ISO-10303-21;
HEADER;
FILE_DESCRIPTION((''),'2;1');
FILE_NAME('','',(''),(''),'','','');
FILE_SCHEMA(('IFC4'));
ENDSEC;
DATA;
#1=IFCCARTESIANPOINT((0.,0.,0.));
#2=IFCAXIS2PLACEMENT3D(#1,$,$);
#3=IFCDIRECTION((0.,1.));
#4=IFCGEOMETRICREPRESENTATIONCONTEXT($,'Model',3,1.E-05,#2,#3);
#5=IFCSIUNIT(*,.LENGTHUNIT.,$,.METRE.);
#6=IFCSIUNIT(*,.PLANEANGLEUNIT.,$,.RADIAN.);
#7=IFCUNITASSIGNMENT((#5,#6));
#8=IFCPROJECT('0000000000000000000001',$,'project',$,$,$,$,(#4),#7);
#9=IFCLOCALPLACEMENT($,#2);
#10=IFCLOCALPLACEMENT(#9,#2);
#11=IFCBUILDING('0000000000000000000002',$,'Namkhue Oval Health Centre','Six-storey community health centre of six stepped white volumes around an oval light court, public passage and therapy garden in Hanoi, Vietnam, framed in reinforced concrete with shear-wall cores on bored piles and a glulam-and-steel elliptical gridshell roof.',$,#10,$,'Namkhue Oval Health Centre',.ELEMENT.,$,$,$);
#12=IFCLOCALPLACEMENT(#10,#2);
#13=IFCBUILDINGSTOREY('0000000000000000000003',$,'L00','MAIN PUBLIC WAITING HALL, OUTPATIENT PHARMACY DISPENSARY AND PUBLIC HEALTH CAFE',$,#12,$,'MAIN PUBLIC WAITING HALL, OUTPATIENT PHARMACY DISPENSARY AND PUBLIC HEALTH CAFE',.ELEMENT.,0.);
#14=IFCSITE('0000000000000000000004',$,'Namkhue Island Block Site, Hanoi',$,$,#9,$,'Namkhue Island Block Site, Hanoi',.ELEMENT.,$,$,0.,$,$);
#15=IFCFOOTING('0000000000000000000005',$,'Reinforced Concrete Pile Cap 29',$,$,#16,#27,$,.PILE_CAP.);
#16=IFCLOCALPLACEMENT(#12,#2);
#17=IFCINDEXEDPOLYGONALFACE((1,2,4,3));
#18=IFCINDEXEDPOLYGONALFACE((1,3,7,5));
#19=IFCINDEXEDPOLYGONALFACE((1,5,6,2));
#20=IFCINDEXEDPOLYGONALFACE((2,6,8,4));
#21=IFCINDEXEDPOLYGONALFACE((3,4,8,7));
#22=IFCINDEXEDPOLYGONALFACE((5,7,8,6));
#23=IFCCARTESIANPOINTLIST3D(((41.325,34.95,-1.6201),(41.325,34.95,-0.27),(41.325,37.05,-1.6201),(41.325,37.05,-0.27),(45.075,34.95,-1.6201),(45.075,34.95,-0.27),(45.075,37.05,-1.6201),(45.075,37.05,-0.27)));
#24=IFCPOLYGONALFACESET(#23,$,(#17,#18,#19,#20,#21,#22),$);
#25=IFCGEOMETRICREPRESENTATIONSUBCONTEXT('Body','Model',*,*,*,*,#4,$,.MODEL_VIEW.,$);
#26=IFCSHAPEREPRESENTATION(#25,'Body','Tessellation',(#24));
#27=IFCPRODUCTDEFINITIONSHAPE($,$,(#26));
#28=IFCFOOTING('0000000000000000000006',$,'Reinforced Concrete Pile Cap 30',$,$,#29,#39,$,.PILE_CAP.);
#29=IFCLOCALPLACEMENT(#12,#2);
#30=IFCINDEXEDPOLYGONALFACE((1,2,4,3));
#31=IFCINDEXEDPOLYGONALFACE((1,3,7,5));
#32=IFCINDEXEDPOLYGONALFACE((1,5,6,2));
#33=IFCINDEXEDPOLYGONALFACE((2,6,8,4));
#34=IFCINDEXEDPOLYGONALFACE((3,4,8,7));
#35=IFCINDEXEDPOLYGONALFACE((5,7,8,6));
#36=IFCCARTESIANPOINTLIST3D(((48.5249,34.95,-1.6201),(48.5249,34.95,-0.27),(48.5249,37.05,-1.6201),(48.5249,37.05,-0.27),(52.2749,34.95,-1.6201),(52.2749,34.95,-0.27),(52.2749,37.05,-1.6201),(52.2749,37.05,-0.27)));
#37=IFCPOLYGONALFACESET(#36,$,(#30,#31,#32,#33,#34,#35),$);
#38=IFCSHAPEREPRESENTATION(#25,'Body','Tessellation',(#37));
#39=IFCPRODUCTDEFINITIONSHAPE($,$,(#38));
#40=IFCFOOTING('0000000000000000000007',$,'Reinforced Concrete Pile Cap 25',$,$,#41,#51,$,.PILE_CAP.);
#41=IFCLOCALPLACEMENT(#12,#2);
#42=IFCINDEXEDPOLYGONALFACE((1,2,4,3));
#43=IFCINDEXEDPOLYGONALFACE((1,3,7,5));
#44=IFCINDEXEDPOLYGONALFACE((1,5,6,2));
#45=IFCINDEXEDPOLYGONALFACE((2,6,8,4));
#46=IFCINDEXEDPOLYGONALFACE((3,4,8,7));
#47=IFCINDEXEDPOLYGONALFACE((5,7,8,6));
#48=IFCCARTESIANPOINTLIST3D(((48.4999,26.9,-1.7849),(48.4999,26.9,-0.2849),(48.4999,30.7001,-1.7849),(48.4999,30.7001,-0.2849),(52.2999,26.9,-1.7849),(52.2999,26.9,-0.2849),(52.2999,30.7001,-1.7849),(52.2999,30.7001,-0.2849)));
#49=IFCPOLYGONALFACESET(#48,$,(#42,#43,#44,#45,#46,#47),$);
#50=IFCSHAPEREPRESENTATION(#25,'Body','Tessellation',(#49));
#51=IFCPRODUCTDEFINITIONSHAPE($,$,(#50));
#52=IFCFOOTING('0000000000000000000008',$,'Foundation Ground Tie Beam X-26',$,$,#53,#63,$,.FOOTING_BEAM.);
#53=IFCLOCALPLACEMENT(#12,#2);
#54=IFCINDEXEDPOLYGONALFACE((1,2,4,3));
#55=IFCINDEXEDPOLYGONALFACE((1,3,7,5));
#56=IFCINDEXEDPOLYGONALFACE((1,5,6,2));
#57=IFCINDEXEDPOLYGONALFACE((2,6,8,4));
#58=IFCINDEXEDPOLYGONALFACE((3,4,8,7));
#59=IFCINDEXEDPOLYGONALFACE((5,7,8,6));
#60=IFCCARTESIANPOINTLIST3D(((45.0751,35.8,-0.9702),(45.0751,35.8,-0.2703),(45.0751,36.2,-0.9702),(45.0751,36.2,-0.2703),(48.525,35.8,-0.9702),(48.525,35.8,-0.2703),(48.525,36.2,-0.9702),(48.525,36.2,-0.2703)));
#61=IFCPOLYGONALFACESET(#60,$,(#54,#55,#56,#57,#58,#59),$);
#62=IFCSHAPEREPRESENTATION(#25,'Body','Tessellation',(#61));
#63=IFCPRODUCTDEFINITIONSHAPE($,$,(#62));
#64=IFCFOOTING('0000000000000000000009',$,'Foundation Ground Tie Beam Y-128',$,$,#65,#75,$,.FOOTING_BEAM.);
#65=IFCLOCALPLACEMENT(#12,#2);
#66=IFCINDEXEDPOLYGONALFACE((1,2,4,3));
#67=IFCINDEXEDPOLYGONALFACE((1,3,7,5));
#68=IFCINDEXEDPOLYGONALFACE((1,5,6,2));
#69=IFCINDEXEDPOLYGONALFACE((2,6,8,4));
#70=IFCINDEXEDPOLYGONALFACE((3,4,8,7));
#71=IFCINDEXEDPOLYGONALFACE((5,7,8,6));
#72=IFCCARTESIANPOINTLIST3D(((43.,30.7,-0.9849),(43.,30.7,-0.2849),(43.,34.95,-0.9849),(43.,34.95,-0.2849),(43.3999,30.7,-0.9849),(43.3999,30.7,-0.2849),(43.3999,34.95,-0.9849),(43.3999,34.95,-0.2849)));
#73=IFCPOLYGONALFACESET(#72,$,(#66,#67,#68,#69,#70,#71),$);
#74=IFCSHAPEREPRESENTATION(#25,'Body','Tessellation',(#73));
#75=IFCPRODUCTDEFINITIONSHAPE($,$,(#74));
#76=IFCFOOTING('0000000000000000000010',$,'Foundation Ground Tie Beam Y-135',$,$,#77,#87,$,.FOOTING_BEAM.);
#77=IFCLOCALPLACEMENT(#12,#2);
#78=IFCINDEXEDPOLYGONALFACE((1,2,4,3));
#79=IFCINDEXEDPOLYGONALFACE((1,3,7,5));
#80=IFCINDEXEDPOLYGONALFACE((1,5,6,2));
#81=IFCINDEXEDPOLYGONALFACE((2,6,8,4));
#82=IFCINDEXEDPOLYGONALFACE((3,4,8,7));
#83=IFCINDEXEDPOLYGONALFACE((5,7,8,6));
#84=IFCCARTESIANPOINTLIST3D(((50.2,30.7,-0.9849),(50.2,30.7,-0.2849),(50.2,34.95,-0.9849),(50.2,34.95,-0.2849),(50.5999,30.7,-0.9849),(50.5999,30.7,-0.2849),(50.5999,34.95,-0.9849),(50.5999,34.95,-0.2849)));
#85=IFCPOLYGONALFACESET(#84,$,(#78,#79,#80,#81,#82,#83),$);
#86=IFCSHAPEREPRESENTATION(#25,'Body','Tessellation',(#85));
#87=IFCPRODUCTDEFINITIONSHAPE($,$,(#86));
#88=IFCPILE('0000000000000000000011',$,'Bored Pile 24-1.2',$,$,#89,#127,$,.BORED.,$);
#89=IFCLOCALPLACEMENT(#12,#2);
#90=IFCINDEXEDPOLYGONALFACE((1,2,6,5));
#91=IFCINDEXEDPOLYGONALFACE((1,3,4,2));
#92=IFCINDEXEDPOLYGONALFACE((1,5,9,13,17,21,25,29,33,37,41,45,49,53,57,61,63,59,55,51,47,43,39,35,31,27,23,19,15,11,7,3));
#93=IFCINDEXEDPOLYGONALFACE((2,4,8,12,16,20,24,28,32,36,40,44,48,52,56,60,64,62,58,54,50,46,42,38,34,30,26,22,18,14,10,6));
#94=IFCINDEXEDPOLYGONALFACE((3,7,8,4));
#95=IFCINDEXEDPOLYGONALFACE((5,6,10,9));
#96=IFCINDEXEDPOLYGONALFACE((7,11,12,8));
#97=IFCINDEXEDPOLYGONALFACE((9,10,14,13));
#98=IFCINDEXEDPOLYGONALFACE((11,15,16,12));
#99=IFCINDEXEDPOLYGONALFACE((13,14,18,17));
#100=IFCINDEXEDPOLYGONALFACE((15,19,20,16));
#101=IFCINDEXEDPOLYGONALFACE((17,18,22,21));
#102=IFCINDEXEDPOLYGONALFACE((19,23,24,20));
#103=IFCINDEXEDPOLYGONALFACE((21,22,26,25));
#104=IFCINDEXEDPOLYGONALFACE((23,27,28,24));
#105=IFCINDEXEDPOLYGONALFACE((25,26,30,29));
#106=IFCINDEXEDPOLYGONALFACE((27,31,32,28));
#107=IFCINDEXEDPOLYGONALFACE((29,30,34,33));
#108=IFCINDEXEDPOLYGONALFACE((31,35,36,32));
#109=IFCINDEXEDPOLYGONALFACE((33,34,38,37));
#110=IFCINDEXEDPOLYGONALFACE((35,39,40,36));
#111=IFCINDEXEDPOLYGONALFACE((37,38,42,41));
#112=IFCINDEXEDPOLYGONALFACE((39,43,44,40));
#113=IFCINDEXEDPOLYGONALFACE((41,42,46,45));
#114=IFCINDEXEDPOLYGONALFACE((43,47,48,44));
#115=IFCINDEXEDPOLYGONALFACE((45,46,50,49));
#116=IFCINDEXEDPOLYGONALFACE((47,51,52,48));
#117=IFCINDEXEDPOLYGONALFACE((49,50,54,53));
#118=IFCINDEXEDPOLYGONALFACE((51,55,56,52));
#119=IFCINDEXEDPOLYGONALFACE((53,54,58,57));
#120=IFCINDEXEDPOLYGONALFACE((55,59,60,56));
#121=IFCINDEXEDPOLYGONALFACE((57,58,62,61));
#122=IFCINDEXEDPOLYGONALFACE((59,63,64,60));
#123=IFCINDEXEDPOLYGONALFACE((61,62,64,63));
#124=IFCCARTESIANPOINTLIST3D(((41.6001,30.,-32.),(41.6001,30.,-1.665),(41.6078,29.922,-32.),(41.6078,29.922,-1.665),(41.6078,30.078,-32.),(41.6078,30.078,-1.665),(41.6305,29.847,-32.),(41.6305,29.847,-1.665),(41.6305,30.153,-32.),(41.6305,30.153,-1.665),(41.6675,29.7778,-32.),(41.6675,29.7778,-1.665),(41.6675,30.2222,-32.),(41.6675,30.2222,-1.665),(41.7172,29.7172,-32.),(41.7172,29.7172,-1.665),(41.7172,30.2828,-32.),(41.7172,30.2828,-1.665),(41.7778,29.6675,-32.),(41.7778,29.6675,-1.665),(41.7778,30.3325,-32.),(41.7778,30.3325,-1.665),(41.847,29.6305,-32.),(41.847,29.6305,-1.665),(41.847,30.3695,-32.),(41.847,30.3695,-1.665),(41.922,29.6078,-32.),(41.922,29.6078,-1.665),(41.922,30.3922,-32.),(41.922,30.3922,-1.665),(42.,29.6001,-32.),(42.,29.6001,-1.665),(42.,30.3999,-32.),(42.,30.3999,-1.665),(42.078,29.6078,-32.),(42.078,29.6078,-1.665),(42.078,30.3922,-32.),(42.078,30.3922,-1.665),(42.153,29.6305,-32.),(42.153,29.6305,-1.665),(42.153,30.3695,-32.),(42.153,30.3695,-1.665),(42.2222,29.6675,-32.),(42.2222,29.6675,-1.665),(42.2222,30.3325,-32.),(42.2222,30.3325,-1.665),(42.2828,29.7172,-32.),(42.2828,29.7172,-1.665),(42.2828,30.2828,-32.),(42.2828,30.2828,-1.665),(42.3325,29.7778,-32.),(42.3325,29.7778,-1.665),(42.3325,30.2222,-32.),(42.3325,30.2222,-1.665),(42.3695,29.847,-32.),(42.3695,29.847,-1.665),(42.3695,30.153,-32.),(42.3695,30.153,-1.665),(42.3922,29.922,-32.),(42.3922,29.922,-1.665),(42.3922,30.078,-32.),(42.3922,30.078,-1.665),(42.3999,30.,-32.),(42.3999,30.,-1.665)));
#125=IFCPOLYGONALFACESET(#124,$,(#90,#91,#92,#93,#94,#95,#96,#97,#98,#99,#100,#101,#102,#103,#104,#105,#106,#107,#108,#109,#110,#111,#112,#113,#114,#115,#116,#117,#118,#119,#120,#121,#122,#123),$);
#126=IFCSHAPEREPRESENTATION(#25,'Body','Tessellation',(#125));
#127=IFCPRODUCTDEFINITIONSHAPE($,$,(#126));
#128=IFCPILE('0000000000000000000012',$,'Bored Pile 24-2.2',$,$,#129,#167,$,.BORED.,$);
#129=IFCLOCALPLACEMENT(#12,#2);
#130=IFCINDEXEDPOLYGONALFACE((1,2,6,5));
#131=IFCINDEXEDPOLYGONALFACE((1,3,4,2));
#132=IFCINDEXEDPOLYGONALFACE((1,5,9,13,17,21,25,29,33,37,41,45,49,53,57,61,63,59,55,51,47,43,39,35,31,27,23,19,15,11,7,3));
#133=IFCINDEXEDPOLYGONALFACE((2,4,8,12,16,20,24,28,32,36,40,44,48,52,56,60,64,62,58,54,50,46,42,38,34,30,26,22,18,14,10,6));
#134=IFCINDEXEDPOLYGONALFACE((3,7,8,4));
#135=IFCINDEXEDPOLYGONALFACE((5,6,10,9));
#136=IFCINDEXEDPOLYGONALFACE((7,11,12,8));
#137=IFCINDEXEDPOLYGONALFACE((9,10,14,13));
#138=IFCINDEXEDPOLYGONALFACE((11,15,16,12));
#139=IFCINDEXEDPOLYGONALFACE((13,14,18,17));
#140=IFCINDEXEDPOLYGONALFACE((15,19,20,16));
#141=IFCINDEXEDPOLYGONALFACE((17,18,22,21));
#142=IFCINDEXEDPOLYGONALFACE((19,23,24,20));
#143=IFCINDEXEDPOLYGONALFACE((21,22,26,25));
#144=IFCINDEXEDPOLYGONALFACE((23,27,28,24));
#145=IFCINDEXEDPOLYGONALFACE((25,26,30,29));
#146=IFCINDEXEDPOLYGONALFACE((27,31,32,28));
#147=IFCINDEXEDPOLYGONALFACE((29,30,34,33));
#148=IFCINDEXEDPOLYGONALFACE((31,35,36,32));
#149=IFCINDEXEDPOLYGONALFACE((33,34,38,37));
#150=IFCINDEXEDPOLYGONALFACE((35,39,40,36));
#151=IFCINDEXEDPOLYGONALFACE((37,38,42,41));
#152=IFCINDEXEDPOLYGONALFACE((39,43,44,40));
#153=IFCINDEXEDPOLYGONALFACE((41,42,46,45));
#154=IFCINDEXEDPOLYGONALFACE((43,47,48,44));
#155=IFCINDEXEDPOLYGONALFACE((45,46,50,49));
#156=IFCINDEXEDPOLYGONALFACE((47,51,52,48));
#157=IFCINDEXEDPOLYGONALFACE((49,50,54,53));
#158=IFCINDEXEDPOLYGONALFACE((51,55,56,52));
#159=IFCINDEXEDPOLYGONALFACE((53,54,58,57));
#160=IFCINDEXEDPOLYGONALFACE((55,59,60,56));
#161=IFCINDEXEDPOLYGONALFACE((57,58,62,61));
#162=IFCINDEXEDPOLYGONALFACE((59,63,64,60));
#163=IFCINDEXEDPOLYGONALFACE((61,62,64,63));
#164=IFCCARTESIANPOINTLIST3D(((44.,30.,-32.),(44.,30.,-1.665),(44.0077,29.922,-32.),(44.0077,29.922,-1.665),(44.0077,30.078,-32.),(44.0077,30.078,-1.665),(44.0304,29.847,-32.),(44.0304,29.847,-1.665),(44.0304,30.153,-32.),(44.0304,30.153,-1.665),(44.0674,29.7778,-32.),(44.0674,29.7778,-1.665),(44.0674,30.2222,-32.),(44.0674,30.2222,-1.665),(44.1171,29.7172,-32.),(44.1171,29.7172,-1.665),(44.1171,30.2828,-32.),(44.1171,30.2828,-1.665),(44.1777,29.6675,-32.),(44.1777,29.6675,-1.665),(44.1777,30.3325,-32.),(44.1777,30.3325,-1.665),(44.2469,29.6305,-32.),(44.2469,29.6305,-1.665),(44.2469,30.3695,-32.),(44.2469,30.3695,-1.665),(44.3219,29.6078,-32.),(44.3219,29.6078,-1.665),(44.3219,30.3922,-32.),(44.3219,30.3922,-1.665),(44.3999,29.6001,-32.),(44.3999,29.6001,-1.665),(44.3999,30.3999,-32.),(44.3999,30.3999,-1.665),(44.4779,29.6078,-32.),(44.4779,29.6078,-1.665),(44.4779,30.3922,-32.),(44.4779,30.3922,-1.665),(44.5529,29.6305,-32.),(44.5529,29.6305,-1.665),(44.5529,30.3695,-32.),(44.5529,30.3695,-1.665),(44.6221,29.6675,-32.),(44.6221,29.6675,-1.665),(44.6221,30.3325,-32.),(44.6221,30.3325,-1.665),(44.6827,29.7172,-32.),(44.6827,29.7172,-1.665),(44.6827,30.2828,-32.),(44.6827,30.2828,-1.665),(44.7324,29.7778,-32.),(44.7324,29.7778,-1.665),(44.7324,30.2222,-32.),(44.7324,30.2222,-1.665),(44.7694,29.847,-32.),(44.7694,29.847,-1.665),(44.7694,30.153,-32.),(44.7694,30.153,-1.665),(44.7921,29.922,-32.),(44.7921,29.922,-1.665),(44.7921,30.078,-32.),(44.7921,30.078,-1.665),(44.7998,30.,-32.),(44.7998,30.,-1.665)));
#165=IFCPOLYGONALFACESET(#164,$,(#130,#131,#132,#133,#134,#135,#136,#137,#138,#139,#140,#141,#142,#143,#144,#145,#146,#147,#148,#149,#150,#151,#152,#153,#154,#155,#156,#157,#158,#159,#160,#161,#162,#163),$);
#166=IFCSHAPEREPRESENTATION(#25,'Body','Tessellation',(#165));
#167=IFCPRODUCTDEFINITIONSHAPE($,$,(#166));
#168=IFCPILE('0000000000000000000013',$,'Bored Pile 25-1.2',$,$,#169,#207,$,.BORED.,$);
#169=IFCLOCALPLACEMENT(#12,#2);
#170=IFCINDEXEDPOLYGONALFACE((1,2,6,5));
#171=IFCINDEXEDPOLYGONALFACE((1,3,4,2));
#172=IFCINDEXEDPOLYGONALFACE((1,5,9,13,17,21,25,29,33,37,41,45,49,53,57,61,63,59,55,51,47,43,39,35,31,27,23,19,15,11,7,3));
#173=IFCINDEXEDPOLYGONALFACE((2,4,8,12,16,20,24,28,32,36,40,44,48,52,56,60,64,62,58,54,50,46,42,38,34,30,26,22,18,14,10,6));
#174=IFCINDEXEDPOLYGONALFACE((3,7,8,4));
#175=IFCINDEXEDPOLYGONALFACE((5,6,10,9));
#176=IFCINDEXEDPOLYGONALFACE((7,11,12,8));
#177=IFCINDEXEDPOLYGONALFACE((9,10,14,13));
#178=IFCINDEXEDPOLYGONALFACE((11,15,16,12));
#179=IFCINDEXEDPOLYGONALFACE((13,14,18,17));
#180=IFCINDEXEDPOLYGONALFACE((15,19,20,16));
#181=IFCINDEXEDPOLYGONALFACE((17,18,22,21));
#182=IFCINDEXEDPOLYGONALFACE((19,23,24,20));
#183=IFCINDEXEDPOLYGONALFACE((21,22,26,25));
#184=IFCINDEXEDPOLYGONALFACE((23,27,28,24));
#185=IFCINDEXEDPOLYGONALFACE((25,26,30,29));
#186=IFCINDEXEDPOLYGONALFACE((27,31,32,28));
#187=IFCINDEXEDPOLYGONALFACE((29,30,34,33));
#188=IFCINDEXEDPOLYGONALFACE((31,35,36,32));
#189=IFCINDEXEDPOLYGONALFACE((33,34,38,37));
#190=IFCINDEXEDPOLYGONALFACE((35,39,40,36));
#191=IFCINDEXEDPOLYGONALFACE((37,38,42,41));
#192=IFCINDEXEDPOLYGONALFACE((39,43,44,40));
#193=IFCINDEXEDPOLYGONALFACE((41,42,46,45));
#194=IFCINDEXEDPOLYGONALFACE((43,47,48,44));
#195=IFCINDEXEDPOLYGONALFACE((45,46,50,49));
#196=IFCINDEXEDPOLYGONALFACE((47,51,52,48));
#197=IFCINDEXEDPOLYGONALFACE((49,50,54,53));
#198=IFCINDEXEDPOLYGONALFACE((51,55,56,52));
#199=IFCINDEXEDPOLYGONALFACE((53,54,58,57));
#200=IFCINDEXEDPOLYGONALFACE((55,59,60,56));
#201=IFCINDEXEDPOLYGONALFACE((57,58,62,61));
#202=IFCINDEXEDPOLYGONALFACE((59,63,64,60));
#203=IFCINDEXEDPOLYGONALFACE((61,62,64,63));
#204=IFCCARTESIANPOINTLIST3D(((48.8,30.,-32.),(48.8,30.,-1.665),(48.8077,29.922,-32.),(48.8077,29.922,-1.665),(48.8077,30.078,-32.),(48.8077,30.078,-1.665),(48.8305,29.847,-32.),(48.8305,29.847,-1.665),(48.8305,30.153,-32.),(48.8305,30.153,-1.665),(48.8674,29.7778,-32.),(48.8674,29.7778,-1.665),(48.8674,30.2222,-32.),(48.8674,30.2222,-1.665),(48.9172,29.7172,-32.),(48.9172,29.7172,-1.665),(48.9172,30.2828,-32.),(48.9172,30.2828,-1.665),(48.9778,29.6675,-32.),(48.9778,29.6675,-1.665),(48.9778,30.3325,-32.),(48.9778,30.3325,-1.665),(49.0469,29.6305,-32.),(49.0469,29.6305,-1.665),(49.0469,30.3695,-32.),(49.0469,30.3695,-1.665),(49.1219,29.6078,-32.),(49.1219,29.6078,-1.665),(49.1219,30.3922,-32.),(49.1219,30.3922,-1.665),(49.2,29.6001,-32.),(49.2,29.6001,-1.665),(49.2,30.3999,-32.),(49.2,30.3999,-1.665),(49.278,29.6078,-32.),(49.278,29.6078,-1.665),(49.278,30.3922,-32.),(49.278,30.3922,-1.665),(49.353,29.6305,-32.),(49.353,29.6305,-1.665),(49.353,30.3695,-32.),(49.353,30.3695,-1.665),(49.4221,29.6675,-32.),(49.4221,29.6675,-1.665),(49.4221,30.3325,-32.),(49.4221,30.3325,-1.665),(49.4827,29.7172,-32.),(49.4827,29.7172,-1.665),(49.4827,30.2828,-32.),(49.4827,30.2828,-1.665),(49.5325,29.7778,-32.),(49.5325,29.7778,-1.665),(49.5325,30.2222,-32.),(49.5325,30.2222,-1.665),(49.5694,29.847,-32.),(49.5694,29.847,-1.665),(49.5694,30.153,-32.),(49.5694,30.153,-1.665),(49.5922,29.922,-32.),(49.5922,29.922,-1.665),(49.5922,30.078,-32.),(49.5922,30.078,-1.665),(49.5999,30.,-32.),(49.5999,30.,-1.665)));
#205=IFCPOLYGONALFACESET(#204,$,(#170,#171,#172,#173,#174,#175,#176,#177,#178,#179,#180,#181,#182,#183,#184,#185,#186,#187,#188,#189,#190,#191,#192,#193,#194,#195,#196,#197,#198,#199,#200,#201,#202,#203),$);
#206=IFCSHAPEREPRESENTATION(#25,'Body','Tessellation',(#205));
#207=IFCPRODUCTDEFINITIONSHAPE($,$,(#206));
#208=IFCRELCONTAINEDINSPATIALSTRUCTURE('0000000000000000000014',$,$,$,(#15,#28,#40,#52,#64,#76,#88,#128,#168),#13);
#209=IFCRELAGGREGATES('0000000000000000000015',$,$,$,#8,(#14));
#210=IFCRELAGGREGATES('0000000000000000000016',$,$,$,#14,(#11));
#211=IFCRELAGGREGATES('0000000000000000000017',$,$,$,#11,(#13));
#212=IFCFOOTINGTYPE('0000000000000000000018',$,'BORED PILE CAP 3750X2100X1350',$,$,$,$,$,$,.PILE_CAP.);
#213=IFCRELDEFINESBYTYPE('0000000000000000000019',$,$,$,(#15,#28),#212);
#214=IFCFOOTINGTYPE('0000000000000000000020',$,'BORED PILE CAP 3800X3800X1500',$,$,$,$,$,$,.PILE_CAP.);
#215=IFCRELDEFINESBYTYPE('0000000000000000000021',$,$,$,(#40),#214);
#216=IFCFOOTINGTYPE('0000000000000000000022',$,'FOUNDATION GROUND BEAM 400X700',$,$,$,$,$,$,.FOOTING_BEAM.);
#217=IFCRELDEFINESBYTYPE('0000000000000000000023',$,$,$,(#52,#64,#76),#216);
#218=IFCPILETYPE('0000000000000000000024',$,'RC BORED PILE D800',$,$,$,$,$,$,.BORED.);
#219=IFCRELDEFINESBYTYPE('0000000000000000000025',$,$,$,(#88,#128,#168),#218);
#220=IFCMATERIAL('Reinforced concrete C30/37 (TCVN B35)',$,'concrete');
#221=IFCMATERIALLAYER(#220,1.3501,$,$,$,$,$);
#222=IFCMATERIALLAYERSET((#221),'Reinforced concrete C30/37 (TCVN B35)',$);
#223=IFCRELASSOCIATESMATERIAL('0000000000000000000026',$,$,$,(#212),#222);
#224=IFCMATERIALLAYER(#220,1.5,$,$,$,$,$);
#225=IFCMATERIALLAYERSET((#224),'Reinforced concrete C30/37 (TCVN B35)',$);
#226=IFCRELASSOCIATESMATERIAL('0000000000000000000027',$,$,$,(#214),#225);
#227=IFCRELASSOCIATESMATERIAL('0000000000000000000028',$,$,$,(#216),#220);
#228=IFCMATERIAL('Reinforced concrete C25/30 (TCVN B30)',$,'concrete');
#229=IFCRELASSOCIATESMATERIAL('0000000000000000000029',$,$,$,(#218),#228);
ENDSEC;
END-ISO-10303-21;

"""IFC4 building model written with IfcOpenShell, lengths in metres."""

from ifc_helpers import new_model, si_unit, direction, frame, origin, origin_2d, place, context, subcontext, project, spatial, rectangle, circle, extrude, material, layer, layer_set, material_profile, profile_set, type_object, element, save


model = new_model("IFC4")

# Units and contexts
model_context = context("Model", 3, precision=1e-05, world=origin(), true_north=direction((0.0, 1.0)))
body_context = subcontext(model_context, "Body", "Model", "MODEL_VIEW")
ifc_project = project(units=[si_unit("LENGTHUNIT", "METRE"), si_unit("PLANEANGLEUNIT", "RADIAN")], contexts=[model_context])

# Site, building, storey
site_placement = place(None, origin())
site = spatial("IfcSite", under=ifc_project, at=site_placement, Name="Namkhue Island Block Site, Hanoi", LongName="Namkhue Island Block Site, Hanoi", CompositionType="ELEMENT", RefElevation=0.0)
building_placement = place(site_placement, origin())
building = spatial("IfcBuilding", under=site, at=building_placement, Name="Namkhue Oval Health Centre", Description="Six-storey community health centre of six stepped white volumes around an oval light court, public passage and therapy garden in Hanoi, Vietnam, framed in reinforced concrete with shear-wall cores on bored piles and a glulam-and-steel elliptical gridshell roof.", LongName="Namkhue Oval Health Centre", CompositionType="ELEMENT")
storey_placement = place(building_placement, origin())
storey = spatial("IfcBuildingStorey", under=building, at=storey_placement, Name="L00", Description="MAIN PUBLIC WAITING HALL, OUTPATIENT PHARMACY DISPENSARY AND PUBLIC HEALTH CAFE", LongName="MAIN PUBLIC WAITING HALL, OUTPATIENT PHARMACY DISPENSARY AND PUBLIC HEALTH CAFE", CompositionType="ELEMENT", Elevation=0.0)

# Footings
ifc_material_1 = material(Name="Reinforced concrete C30/37 (TCVN B35)", Category="concrete")
ifc_layer_1 = layer(ifc_material_1, 1.3501)
ifc_layer_set_1 = layer_set([ifc_layer_1], Name="Reinforced concrete C30/37 (TCVN B35)")
footing_type_1 = type_object("IfcFootingType", Name="BORED PILE CAP 3750X2100X1350", PredefinedType="PILE_CAP", material=ifc_layer_set_1)
for number, where, z_axis, x_axis, name in (
    (1, (43.2, 36.0, -1.6201), (0.0, 0.0, 1.0), (1.0, 0.0, 0.0), "Reinforced Concrete Pile Cap 29"),
    (2, (50.3999, 36.0, -1.6201), (0.0, 0.0, 1.0), (1.0, 0.0, 0.0), "Reinforced Concrete Pile Cap 30"),
):
    element("IfcFooting", number, at=place(storey_placement, frame(where, z_axis=z_axis, x_axis=x_axis)), inside=storey, type_object=footing_type_1, Name=name, PredefinedType="PILE_CAP", context=body_context, shape_type="SweptSolid", body=[
        extrude(rectangle(XDim=3.75, YDim=2.1001, at=origin_2d()), origin(), (0.0, 0.0, 1.0), 1.3501),
    ])
ifc_layer_2 = layer(ifc_material_1, 1.5)
ifc_layer_set_2 = layer_set([ifc_layer_2], Name="Reinforced concrete C30/37 (TCVN B35)")
footing_type_2 = type_object("IfcFootingType", Name="BORED PILE CAP 3800X3800X1500", PredefinedType="PILE_CAP", material=ifc_layer_set_2)
footing_1_placement = place(storey_placement, frame((50.3999, 28.8, -1.7849), z_axis=(0.0, 0.0, 1.0), x_axis=(1.0, 0.0, 0.0)))
element("IfcFooting", 3, at=footing_1_placement, inside=storey, type_object=footing_type_2, Name="Reinforced Concrete Pile Cap 25", PredefinedType="PILE_CAP", context=body_context, shape_type="SweptSolid", body=[
    extrude(rectangle(XDim=3.8, YDim=3.8, at=origin_2d()), origin(), (0.0, 0.0, 1.0), 1.5),
])
footing_type_3 = type_object("IfcFootingType", Name="FOUNDATION GROUND BEAM 400X700", PredefinedType="FOOTING_BEAM", material=ifc_material_1)
footing_2_placement = place(storey_placement, frame((46.8, 36.0, -0.9702), z_axis=(0.0, 0.0, 1.0), x_axis=(1.0, 0.0, 0.0)))
element("IfcFooting", 4, at=footing_2_placement, inside=storey, type_object=footing_type_3, Name="Foundation Ground Tie Beam X-26", PredefinedType="FOOTING_BEAM", context=body_context, shape_type="SweptSolid", body=[
    extrude(rectangle(XDim=3.45, YDim=0.3999, at=origin_2d()), origin(), (0.0, 0.0, 1.0), 0.7),
])
for number, where, z_axis, x_axis, name in (
    (5, (43.2, 32.825, -0.9849), (0.0, 0.0, 1.0), (0.0, 1.0, 0.0), "Foundation Ground Tie Beam Y-128"),
    (6, (50.3999, 32.825, -0.9849), (0.0, 0.0, 1.0), (0.0, 1.0, 0.0), "Foundation Ground Tie Beam Y-135"),
):
    element("IfcFooting", number, at=place(storey_placement, frame(where, z_axis=z_axis, x_axis=x_axis)), inside=storey, type_object=footing_type_3, Name=name, PredefinedType="FOOTING_BEAM", context=body_context, shape_type="SweptSolid", body=[
        extrude(rectangle(XDim=4.25, YDim=0.3999, at=origin_2d()), origin(), (0.0, 0.0, 1.0), 0.7),
    ])

# Piles
ifc_material_2 = material(Name="Reinforced concrete C25/30 (TCVN B30)", Category="concrete")
ifc_material_profile_1 = material_profile(ifc_material_2, circle(Radius=0.3999, at=origin_2d()), Name="BORED PILE D800")
ifc_profile_set_1 = profile_set([ifc_material_profile_1], Name="Reinforced concrete C25/30 (TCVN B30)")
pile_type = type_object("IfcPileType", Name="RC BORED PILE D800", PredefinedType="BORED", material=ifc_profile_set_1)
for number, where, z_axis, x_axis, name in (
    (7, (42.0, 30.0, -1.665), (0.0, 0.0, -1.0), (1.0, 0.0, 0.0), "Bored Pile 24-1.2"),
    (8, (44.3999, 30.0, -1.665), (0.0, 0.0, -1.0), (1.0, 0.0, 0.0), "Bored Pile 24-2.2"),
    (9, (49.2, 30.0, -1.665), (0.0, 0.0, -1.0), (1.0, 0.0, 0.0), "Bored Pile 25-1.2"),
):
    element("IfcPile", number, at=place(storey_placement, frame(where, z_axis=z_axis, x_axis=x_axis)), inside=storey, type_object=pile_type, Name=name, PredefinedType="BORED", context=body_context, shape_type="SweptSolid", body=[
        extrude(circle(Radius=0.3999, at=origin_2d()), origin(), (0.0, 0.0, 1.0), 30.335),
    ])

save(model, "model.ifc")
